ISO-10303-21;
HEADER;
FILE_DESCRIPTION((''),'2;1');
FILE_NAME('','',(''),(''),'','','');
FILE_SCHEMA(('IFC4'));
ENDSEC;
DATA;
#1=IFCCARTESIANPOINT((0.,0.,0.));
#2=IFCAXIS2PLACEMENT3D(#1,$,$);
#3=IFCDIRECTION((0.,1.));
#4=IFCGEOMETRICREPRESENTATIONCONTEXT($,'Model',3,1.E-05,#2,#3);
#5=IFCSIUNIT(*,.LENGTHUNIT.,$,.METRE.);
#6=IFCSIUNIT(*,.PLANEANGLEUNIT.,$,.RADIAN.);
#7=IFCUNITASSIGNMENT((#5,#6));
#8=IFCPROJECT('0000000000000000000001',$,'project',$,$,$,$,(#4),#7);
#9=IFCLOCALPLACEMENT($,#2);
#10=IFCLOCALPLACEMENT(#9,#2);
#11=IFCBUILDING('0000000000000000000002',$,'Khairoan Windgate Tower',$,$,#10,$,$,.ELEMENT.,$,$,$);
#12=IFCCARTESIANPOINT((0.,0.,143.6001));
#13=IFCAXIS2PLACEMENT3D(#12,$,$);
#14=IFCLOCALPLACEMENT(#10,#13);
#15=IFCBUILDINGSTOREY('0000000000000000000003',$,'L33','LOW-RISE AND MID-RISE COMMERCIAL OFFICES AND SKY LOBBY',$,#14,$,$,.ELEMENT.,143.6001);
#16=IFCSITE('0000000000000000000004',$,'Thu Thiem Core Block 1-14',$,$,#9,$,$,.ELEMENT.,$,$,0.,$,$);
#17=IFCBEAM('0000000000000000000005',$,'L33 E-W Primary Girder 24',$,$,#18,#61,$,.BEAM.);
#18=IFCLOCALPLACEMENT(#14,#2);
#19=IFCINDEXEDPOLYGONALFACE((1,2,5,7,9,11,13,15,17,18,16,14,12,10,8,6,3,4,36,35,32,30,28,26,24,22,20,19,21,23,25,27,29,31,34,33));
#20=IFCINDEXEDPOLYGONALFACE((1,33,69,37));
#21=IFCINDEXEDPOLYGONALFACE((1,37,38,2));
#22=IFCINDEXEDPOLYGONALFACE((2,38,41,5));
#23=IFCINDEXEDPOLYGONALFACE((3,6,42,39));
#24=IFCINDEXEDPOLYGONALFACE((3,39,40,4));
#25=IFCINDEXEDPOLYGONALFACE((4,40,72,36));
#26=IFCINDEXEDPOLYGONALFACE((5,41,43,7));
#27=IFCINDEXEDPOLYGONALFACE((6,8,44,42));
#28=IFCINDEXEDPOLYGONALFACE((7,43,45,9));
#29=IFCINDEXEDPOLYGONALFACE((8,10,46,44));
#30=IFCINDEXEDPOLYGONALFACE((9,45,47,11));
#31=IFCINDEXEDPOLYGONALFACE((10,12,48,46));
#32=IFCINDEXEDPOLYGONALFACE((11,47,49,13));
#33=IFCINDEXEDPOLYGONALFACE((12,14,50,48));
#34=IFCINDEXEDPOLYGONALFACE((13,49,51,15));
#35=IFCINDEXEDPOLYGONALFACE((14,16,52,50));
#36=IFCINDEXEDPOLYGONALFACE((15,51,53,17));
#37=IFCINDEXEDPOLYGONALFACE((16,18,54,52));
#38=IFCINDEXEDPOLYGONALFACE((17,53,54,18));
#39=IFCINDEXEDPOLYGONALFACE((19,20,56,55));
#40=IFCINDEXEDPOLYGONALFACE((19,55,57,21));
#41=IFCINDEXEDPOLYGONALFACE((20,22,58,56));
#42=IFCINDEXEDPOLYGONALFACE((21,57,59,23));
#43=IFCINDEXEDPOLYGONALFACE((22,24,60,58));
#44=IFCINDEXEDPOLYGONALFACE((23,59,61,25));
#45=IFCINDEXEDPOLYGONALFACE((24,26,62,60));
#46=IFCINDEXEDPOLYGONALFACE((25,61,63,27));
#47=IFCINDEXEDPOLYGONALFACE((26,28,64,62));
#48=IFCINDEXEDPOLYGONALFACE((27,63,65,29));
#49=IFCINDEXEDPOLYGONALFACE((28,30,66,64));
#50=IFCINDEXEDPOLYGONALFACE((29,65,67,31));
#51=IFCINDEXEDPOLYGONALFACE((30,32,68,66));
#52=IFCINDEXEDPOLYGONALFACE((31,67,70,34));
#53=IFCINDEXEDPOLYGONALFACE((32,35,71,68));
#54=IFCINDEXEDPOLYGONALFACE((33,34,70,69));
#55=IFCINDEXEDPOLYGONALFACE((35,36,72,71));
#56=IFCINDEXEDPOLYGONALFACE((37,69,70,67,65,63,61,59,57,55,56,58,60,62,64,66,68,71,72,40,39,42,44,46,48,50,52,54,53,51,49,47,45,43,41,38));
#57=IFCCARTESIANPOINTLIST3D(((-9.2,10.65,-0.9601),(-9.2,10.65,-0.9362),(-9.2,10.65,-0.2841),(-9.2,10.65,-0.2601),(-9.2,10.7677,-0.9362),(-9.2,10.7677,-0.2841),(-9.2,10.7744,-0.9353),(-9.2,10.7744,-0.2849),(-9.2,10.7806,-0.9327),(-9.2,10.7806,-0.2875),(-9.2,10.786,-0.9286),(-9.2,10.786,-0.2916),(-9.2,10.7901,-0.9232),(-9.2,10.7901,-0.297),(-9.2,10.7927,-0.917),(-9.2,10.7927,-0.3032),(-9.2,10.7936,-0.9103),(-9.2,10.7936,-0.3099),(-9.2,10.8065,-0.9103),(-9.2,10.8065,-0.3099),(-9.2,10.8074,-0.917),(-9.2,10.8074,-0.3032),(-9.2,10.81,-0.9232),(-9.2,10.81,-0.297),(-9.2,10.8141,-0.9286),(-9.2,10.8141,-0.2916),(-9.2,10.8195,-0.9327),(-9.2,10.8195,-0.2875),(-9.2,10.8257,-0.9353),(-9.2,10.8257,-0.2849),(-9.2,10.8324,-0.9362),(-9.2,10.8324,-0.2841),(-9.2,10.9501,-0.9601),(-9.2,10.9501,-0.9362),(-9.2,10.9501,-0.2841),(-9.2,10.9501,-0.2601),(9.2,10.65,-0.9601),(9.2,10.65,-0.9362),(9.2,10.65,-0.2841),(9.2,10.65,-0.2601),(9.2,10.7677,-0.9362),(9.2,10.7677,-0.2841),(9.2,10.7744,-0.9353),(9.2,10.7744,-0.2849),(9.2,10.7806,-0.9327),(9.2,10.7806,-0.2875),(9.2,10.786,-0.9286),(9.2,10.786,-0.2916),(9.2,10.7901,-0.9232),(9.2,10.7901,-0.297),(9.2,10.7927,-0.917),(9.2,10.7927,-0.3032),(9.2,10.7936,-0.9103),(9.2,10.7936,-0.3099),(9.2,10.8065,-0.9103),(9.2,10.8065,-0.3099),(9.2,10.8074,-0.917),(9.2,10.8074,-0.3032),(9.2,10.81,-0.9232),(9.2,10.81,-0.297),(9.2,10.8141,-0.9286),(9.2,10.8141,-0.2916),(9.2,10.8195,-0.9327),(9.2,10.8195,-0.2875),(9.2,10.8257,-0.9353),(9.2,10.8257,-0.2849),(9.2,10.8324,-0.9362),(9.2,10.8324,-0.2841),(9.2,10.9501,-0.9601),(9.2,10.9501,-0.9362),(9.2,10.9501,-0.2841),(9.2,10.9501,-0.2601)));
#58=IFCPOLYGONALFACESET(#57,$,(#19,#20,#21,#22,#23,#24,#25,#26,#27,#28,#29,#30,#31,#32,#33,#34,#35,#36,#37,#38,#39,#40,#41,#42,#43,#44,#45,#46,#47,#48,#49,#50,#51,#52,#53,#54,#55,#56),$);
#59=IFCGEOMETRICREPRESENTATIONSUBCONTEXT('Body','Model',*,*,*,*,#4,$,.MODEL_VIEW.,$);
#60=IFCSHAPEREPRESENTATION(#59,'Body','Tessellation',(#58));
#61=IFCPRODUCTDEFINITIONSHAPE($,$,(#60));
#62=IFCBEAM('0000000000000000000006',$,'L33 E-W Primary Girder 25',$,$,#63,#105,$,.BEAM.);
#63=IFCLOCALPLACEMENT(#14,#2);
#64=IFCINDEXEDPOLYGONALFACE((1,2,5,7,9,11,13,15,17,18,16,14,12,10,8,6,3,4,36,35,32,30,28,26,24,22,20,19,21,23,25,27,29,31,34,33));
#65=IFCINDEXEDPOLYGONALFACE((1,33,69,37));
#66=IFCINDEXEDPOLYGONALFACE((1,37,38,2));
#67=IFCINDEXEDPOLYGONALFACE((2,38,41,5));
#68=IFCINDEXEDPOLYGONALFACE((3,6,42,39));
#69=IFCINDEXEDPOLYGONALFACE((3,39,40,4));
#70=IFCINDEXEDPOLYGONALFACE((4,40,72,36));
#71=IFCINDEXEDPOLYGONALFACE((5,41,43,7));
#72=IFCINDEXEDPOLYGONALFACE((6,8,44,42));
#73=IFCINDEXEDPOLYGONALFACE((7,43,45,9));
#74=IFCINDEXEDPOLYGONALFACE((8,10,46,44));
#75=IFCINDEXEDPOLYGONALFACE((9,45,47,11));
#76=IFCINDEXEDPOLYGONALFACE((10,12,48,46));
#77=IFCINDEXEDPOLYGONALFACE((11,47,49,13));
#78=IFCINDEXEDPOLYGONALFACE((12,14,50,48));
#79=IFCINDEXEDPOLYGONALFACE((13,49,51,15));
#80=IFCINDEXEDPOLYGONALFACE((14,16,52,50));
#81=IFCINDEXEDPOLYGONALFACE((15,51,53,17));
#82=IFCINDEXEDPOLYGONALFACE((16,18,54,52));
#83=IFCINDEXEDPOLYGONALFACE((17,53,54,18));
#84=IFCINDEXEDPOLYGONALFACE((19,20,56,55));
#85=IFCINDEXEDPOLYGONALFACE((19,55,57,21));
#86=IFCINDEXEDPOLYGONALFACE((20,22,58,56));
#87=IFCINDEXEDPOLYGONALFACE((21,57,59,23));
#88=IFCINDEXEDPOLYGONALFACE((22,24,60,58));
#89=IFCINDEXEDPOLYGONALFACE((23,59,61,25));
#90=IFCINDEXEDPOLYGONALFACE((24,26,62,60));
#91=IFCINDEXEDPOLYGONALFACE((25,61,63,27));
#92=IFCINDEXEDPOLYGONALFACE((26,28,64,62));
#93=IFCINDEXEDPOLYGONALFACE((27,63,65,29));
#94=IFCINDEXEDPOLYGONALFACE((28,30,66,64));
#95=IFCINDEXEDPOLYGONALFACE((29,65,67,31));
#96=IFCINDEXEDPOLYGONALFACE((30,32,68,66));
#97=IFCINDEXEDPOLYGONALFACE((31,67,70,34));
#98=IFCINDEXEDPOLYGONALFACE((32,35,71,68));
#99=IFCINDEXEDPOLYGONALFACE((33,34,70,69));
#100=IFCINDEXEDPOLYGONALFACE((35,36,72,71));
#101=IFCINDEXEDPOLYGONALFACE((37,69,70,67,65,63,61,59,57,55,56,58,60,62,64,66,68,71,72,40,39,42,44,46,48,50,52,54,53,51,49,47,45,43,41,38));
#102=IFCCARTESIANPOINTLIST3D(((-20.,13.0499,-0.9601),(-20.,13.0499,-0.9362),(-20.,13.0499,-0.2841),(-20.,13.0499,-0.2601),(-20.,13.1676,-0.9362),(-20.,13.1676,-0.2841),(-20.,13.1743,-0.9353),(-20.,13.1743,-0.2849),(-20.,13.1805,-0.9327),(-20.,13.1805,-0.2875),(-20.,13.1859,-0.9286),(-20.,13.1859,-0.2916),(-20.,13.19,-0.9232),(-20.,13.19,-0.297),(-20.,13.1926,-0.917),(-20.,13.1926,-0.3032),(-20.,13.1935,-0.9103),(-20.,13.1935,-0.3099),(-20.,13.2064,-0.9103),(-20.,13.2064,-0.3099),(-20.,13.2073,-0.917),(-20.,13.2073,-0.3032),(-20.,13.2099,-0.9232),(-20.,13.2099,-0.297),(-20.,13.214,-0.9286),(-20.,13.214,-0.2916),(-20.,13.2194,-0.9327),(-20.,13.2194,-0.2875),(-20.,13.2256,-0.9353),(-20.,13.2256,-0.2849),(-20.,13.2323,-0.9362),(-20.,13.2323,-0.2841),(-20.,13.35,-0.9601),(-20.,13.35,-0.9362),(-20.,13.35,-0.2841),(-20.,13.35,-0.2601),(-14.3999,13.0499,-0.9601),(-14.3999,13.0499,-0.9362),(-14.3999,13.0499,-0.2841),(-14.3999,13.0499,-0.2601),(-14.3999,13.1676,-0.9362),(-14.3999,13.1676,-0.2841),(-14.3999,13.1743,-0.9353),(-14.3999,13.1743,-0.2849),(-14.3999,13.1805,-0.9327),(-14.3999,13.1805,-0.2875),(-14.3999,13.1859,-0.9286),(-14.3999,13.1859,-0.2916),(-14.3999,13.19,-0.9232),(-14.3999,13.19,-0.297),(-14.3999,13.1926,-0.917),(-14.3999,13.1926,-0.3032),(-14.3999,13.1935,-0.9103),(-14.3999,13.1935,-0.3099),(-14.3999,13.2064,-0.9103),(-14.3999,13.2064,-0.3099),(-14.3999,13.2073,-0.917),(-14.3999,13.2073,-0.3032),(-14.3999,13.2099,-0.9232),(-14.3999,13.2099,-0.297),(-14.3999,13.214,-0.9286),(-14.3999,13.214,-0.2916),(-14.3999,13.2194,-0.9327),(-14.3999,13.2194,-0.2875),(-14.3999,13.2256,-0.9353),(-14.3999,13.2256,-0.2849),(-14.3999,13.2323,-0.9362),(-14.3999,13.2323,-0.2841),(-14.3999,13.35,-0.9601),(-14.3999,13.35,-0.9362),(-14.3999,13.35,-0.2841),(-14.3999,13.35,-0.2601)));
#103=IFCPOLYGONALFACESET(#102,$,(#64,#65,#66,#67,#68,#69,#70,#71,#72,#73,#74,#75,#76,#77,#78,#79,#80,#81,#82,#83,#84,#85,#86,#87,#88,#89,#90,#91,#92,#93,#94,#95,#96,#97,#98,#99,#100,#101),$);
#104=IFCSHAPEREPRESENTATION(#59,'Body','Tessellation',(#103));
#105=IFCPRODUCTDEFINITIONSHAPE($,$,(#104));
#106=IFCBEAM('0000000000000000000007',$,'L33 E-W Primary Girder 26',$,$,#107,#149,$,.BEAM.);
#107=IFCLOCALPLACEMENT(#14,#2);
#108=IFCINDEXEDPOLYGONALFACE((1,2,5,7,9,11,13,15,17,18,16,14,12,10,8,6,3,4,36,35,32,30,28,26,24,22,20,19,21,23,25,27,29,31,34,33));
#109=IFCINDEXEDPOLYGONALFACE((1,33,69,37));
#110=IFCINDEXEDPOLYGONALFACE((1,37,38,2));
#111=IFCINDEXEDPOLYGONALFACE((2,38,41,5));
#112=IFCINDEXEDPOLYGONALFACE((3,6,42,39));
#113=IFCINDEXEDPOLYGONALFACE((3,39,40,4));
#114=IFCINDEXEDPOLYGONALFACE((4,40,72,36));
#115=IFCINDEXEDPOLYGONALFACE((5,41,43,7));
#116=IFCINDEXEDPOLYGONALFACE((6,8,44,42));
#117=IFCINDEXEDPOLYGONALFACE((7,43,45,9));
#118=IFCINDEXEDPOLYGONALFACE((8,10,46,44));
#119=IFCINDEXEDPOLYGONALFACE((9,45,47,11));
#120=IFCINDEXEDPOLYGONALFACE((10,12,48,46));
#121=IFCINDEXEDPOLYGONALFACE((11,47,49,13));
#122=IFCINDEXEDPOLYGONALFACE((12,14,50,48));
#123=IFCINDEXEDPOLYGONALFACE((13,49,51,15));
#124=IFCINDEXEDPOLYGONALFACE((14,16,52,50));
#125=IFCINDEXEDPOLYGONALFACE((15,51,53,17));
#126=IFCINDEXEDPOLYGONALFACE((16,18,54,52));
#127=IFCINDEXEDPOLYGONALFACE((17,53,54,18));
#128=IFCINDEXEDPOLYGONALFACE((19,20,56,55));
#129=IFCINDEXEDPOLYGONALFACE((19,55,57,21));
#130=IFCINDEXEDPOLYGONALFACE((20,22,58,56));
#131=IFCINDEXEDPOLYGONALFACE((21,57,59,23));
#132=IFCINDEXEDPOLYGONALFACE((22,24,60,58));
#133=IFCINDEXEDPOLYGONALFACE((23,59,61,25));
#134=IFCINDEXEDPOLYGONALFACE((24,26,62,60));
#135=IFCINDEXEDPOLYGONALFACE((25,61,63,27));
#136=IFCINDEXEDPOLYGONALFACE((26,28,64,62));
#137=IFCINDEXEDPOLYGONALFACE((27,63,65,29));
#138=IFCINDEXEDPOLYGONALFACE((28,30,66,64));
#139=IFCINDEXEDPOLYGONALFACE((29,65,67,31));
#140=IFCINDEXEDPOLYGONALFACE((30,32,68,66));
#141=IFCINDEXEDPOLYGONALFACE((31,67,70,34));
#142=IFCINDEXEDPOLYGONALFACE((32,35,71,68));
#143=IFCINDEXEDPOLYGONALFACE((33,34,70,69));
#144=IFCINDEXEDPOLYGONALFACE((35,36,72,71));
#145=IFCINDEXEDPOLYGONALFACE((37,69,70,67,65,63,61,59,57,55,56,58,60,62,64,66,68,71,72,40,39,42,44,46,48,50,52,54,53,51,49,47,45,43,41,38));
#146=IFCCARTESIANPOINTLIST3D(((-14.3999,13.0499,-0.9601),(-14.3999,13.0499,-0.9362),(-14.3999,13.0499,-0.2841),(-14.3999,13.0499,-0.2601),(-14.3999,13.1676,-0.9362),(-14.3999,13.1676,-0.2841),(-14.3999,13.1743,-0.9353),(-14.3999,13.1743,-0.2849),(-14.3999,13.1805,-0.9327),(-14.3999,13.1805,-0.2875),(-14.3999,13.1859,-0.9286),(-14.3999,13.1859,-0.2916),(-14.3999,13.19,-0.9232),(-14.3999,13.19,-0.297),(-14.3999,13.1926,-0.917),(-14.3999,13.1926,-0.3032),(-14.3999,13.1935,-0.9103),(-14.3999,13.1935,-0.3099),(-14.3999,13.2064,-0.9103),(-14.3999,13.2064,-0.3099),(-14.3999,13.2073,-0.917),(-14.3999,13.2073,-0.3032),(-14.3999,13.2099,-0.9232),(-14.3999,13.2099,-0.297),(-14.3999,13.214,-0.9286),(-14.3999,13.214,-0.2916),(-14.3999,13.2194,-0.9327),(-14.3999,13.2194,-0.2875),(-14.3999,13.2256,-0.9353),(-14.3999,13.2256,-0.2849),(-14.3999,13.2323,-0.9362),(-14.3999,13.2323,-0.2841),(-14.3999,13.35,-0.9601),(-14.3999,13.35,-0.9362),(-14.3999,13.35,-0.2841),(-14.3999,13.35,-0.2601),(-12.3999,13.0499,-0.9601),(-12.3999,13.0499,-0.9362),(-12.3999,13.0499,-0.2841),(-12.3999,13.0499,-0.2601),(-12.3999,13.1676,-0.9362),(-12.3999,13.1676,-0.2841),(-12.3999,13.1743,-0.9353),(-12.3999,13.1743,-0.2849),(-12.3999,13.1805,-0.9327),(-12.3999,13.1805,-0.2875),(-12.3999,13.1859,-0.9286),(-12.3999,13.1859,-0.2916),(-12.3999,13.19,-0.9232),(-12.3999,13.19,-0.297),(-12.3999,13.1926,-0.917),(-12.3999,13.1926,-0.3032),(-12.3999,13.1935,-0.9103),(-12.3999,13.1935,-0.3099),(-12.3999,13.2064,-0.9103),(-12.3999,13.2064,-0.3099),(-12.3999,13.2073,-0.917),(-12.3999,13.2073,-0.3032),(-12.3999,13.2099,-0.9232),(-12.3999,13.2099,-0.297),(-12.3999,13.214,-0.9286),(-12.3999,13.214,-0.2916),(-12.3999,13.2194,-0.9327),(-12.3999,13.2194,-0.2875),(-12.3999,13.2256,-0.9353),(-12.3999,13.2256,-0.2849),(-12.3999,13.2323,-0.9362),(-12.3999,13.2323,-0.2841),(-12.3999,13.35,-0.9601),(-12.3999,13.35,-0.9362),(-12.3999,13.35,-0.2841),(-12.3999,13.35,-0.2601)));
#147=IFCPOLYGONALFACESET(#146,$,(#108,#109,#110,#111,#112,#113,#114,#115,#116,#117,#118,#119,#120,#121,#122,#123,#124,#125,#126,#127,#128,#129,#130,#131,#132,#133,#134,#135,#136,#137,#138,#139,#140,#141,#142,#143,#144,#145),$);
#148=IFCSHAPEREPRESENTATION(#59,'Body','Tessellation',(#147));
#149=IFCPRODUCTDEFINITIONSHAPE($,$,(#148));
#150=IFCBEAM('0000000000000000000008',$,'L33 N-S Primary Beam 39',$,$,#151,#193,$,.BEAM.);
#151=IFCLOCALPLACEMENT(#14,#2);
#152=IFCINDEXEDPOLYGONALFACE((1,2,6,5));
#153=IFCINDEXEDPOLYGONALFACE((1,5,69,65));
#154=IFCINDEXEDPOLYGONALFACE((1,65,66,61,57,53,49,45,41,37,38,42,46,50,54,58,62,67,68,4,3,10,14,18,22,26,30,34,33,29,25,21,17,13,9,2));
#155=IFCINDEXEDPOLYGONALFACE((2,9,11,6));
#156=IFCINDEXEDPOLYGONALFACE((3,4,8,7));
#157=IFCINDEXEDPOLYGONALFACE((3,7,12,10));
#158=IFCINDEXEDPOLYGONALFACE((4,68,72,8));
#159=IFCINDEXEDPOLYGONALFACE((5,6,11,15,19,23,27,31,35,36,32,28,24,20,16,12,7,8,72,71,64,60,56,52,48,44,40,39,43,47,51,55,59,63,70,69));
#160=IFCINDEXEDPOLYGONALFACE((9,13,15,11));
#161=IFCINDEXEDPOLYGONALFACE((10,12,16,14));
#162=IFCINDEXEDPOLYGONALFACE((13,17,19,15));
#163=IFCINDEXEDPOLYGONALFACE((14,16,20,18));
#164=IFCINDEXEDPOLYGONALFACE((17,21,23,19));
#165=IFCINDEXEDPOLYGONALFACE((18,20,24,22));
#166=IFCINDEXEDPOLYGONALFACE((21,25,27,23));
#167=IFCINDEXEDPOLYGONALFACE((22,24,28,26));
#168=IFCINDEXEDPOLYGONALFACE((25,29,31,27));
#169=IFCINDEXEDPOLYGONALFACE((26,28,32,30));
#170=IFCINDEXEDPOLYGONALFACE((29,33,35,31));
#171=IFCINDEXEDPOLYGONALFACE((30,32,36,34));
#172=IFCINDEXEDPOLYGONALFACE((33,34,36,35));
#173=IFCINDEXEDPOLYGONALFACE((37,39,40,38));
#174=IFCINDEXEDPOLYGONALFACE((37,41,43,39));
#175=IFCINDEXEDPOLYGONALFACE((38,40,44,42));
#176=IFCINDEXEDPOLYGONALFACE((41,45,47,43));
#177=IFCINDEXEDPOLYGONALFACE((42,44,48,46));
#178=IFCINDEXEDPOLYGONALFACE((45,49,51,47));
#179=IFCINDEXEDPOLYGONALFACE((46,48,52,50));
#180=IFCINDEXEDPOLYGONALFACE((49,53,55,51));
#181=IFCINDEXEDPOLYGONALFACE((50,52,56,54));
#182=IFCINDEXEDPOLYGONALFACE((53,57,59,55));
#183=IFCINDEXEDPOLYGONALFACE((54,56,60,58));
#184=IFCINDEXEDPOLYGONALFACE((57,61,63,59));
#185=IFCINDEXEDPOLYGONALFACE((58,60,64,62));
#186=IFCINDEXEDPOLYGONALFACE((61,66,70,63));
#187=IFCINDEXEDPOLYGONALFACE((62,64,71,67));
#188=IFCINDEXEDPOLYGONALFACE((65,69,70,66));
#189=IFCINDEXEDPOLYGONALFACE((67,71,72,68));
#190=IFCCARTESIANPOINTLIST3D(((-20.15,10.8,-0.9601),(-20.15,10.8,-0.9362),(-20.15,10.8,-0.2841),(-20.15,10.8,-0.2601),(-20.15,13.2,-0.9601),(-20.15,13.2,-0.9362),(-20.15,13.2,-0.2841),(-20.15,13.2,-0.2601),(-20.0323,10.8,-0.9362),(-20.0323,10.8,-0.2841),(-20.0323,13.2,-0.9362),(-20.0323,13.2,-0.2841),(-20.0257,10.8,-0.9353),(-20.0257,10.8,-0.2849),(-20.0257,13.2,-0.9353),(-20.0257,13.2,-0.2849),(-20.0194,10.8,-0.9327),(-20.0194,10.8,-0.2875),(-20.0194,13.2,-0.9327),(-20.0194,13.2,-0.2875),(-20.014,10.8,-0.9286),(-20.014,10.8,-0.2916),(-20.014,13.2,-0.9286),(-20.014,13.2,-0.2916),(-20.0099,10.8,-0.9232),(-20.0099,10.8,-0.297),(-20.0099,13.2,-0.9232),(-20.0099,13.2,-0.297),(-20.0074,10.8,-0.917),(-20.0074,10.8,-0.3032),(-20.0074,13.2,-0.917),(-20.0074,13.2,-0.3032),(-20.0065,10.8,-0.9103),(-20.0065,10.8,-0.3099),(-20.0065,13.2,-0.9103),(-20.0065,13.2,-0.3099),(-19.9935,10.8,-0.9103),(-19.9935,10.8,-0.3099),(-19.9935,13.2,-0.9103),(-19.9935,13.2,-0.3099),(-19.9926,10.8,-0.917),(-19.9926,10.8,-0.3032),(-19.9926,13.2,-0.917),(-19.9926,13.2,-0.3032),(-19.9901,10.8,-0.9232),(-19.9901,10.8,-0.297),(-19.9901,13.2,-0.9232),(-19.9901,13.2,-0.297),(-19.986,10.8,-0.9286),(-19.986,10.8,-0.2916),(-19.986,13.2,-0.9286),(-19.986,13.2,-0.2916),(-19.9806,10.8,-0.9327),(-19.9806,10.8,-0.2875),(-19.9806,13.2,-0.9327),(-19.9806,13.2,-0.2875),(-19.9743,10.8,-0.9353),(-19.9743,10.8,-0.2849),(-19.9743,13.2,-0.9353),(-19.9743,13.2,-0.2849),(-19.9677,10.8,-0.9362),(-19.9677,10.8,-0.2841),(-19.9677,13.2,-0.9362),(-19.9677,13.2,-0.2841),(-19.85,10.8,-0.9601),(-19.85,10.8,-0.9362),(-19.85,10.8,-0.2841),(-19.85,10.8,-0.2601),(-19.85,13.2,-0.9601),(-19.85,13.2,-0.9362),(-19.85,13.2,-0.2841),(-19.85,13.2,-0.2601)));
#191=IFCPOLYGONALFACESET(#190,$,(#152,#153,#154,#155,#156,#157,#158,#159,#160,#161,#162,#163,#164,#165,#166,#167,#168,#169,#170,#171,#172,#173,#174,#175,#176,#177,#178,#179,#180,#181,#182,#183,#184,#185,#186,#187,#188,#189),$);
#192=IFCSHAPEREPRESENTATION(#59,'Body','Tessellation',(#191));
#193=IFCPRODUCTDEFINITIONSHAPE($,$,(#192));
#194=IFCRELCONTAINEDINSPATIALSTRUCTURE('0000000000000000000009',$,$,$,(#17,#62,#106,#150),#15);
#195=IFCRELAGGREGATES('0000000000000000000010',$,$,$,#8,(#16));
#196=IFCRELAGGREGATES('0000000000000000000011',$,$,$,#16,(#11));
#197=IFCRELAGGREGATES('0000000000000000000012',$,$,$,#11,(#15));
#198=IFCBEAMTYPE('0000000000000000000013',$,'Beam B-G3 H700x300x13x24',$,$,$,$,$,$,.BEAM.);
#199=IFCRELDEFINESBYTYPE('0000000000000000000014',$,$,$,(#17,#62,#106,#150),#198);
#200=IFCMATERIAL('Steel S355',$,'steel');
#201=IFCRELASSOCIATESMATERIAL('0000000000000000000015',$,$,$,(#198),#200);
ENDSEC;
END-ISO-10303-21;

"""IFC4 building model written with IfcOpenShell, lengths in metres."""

from ifc_helpers import new_model, si_unit, direction, frame, origin, origin_2d, place, context, subcontext, project, spatial, i_section, extrude, material, material_profile, profile_set, type_object, element, save


model = new_model("IFC4")

# Units and contexts
model_context = context("Model", 3, precision=1e-05, world=origin(), true_north=direction((0.0, 1.0)))
body_context = subcontext(model_context, "Body", "Model", "MODEL_VIEW")
ifc_project = project(units=[si_unit("LENGTHUNIT", "METRE"), si_unit("PLANEANGLEUNIT", "RADIAN")], contexts=[model_context])

# Site, building, storey
site_placement = place(None, origin())
site = spatial("IfcSite", under=ifc_project, at=site_placement, Name="Thu Thiem Core Block 1-14", CompositionType="ELEMENT", RefElevation=0.0)
building_placement = place(site_placement, origin())
building = spatial("IfcBuilding", under=site, at=building_placement, Name="Khairoan Windgate Tower", CompositionType="ELEMENT")
storey_placement = place(building_placement, frame((0.0, 0.0, 143.6001)))
storey = spatial("IfcBuildingStorey", under=building, at=storey_placement, Name="L33", Description="LOW-RISE AND MID-RISE COMMERCIAL OFFICES AND SKY LOBBY", CompositionType="ELEMENT", Elevation=143.6001)

# Beams
ifc_material_1 = material(Name="Steel S355", Category="steel")
ifc_material_profile_1 = material_profile(ifc_material_1, i_section(OverallWidth=0.3, OverallDepth=0.7, WebThickness=0.0129, FlangeThickness=0.0239, FilletRadius=0.0259, at=origin_2d()))
ifc_profile_set_1 = profile_set([ifc_material_profile_1], Name="Steel S355")
beam_type_1 = type_object("IfcBeamType", Name="Beam B-G3 H700x300x13x24", PredefinedType="BEAM", material=ifc_profile_set_1)
beam_1_placement = place(storey_placement, frame((-9.2, 10.8, -0.6101), z_axis=(1.0, 0.0, 0.0), x_axis=(0.0, 1.0, 0.0)))
element("IfcBeam", 1, at=beam_1_placement, inside=storey, type_object=beam_type_1, Name="L33 E-W Primary Girder 24", PredefinedType="BEAM", context=body_context, shape_type="SweptSolid", body=[
    extrude(i_section(OverallWidth=0.3, OverallDepth=0.7, WebThickness=0.0129, FlangeThickness=0.0239, FilletRadius=0.0259, at=origin_2d()), origin(), (0.0, 0.0, 1.0), 18.3999),
])
beam_2_placement = place(storey_placement, frame((-20.0, 13.2, -0.6101), z_axis=(1.0, 0.0, 0.0), x_axis=(0.0, 1.0, 0.0)))
element("IfcBeam", 2, at=beam_2_placement, inside=storey, type_object=beam_type_1, Name="L33 E-W Primary Girder 25", PredefinedType="BEAM", context=body_context, shape_type="SweptSolid", body=[
    extrude(i_section(OverallWidth=0.3, OverallDepth=0.7, WebThickness=0.0129, FlangeThickness=0.0239, FilletRadius=0.0259, at=origin_2d()), origin(), (0.0, 0.0, 1.0), 5.6001),
])
beam_3_placement = place(storey_placement, frame((-14.3999, 13.2, -0.6101), z_axis=(1.0, 0.0, 0.0), x_axis=(0.0, 1.0, 0.0)))
element("IfcBeam", 3, at=beam_3_placement, inside=storey, type_object=beam_type_1, Name="L33 E-W Primary Girder 26", PredefinedType="BEAM", context=body_context, shape_type="SweptSolid", body=[
    extrude(i_section(OverallWidth=0.3, OverallDepth=0.7, WebThickness=0.0129, FlangeThickness=0.0239, FilletRadius=0.0259, at=origin_2d()), origin(), (0.0, 0.0, 1.0), 2.0),
])
beam_4_placement = place(storey_placement, frame((-20.0, 10.8, -0.6101), z_axis=(0.0, 1.0, 0.0), x_axis=(-1.0, 0.0, 0.0)))
element("IfcBeam", 4, at=beam_4_placement, inside=storey, type_object=beam_type_1, Name="L33 N-S Primary Beam 39", PredefinedType="BEAM", context=body_context, shape_type="SweptSolid", body=[
    extrude(i_section(OverallWidth=0.3, OverallDepth=0.7, WebThickness=0.0129, FlangeThickness=0.0239, FilletRadius=0.0259, at=origin_2d()), origin(), (0.0, 0.0, 1.0), 2.3999),
])

save(model, "model.ifc")
